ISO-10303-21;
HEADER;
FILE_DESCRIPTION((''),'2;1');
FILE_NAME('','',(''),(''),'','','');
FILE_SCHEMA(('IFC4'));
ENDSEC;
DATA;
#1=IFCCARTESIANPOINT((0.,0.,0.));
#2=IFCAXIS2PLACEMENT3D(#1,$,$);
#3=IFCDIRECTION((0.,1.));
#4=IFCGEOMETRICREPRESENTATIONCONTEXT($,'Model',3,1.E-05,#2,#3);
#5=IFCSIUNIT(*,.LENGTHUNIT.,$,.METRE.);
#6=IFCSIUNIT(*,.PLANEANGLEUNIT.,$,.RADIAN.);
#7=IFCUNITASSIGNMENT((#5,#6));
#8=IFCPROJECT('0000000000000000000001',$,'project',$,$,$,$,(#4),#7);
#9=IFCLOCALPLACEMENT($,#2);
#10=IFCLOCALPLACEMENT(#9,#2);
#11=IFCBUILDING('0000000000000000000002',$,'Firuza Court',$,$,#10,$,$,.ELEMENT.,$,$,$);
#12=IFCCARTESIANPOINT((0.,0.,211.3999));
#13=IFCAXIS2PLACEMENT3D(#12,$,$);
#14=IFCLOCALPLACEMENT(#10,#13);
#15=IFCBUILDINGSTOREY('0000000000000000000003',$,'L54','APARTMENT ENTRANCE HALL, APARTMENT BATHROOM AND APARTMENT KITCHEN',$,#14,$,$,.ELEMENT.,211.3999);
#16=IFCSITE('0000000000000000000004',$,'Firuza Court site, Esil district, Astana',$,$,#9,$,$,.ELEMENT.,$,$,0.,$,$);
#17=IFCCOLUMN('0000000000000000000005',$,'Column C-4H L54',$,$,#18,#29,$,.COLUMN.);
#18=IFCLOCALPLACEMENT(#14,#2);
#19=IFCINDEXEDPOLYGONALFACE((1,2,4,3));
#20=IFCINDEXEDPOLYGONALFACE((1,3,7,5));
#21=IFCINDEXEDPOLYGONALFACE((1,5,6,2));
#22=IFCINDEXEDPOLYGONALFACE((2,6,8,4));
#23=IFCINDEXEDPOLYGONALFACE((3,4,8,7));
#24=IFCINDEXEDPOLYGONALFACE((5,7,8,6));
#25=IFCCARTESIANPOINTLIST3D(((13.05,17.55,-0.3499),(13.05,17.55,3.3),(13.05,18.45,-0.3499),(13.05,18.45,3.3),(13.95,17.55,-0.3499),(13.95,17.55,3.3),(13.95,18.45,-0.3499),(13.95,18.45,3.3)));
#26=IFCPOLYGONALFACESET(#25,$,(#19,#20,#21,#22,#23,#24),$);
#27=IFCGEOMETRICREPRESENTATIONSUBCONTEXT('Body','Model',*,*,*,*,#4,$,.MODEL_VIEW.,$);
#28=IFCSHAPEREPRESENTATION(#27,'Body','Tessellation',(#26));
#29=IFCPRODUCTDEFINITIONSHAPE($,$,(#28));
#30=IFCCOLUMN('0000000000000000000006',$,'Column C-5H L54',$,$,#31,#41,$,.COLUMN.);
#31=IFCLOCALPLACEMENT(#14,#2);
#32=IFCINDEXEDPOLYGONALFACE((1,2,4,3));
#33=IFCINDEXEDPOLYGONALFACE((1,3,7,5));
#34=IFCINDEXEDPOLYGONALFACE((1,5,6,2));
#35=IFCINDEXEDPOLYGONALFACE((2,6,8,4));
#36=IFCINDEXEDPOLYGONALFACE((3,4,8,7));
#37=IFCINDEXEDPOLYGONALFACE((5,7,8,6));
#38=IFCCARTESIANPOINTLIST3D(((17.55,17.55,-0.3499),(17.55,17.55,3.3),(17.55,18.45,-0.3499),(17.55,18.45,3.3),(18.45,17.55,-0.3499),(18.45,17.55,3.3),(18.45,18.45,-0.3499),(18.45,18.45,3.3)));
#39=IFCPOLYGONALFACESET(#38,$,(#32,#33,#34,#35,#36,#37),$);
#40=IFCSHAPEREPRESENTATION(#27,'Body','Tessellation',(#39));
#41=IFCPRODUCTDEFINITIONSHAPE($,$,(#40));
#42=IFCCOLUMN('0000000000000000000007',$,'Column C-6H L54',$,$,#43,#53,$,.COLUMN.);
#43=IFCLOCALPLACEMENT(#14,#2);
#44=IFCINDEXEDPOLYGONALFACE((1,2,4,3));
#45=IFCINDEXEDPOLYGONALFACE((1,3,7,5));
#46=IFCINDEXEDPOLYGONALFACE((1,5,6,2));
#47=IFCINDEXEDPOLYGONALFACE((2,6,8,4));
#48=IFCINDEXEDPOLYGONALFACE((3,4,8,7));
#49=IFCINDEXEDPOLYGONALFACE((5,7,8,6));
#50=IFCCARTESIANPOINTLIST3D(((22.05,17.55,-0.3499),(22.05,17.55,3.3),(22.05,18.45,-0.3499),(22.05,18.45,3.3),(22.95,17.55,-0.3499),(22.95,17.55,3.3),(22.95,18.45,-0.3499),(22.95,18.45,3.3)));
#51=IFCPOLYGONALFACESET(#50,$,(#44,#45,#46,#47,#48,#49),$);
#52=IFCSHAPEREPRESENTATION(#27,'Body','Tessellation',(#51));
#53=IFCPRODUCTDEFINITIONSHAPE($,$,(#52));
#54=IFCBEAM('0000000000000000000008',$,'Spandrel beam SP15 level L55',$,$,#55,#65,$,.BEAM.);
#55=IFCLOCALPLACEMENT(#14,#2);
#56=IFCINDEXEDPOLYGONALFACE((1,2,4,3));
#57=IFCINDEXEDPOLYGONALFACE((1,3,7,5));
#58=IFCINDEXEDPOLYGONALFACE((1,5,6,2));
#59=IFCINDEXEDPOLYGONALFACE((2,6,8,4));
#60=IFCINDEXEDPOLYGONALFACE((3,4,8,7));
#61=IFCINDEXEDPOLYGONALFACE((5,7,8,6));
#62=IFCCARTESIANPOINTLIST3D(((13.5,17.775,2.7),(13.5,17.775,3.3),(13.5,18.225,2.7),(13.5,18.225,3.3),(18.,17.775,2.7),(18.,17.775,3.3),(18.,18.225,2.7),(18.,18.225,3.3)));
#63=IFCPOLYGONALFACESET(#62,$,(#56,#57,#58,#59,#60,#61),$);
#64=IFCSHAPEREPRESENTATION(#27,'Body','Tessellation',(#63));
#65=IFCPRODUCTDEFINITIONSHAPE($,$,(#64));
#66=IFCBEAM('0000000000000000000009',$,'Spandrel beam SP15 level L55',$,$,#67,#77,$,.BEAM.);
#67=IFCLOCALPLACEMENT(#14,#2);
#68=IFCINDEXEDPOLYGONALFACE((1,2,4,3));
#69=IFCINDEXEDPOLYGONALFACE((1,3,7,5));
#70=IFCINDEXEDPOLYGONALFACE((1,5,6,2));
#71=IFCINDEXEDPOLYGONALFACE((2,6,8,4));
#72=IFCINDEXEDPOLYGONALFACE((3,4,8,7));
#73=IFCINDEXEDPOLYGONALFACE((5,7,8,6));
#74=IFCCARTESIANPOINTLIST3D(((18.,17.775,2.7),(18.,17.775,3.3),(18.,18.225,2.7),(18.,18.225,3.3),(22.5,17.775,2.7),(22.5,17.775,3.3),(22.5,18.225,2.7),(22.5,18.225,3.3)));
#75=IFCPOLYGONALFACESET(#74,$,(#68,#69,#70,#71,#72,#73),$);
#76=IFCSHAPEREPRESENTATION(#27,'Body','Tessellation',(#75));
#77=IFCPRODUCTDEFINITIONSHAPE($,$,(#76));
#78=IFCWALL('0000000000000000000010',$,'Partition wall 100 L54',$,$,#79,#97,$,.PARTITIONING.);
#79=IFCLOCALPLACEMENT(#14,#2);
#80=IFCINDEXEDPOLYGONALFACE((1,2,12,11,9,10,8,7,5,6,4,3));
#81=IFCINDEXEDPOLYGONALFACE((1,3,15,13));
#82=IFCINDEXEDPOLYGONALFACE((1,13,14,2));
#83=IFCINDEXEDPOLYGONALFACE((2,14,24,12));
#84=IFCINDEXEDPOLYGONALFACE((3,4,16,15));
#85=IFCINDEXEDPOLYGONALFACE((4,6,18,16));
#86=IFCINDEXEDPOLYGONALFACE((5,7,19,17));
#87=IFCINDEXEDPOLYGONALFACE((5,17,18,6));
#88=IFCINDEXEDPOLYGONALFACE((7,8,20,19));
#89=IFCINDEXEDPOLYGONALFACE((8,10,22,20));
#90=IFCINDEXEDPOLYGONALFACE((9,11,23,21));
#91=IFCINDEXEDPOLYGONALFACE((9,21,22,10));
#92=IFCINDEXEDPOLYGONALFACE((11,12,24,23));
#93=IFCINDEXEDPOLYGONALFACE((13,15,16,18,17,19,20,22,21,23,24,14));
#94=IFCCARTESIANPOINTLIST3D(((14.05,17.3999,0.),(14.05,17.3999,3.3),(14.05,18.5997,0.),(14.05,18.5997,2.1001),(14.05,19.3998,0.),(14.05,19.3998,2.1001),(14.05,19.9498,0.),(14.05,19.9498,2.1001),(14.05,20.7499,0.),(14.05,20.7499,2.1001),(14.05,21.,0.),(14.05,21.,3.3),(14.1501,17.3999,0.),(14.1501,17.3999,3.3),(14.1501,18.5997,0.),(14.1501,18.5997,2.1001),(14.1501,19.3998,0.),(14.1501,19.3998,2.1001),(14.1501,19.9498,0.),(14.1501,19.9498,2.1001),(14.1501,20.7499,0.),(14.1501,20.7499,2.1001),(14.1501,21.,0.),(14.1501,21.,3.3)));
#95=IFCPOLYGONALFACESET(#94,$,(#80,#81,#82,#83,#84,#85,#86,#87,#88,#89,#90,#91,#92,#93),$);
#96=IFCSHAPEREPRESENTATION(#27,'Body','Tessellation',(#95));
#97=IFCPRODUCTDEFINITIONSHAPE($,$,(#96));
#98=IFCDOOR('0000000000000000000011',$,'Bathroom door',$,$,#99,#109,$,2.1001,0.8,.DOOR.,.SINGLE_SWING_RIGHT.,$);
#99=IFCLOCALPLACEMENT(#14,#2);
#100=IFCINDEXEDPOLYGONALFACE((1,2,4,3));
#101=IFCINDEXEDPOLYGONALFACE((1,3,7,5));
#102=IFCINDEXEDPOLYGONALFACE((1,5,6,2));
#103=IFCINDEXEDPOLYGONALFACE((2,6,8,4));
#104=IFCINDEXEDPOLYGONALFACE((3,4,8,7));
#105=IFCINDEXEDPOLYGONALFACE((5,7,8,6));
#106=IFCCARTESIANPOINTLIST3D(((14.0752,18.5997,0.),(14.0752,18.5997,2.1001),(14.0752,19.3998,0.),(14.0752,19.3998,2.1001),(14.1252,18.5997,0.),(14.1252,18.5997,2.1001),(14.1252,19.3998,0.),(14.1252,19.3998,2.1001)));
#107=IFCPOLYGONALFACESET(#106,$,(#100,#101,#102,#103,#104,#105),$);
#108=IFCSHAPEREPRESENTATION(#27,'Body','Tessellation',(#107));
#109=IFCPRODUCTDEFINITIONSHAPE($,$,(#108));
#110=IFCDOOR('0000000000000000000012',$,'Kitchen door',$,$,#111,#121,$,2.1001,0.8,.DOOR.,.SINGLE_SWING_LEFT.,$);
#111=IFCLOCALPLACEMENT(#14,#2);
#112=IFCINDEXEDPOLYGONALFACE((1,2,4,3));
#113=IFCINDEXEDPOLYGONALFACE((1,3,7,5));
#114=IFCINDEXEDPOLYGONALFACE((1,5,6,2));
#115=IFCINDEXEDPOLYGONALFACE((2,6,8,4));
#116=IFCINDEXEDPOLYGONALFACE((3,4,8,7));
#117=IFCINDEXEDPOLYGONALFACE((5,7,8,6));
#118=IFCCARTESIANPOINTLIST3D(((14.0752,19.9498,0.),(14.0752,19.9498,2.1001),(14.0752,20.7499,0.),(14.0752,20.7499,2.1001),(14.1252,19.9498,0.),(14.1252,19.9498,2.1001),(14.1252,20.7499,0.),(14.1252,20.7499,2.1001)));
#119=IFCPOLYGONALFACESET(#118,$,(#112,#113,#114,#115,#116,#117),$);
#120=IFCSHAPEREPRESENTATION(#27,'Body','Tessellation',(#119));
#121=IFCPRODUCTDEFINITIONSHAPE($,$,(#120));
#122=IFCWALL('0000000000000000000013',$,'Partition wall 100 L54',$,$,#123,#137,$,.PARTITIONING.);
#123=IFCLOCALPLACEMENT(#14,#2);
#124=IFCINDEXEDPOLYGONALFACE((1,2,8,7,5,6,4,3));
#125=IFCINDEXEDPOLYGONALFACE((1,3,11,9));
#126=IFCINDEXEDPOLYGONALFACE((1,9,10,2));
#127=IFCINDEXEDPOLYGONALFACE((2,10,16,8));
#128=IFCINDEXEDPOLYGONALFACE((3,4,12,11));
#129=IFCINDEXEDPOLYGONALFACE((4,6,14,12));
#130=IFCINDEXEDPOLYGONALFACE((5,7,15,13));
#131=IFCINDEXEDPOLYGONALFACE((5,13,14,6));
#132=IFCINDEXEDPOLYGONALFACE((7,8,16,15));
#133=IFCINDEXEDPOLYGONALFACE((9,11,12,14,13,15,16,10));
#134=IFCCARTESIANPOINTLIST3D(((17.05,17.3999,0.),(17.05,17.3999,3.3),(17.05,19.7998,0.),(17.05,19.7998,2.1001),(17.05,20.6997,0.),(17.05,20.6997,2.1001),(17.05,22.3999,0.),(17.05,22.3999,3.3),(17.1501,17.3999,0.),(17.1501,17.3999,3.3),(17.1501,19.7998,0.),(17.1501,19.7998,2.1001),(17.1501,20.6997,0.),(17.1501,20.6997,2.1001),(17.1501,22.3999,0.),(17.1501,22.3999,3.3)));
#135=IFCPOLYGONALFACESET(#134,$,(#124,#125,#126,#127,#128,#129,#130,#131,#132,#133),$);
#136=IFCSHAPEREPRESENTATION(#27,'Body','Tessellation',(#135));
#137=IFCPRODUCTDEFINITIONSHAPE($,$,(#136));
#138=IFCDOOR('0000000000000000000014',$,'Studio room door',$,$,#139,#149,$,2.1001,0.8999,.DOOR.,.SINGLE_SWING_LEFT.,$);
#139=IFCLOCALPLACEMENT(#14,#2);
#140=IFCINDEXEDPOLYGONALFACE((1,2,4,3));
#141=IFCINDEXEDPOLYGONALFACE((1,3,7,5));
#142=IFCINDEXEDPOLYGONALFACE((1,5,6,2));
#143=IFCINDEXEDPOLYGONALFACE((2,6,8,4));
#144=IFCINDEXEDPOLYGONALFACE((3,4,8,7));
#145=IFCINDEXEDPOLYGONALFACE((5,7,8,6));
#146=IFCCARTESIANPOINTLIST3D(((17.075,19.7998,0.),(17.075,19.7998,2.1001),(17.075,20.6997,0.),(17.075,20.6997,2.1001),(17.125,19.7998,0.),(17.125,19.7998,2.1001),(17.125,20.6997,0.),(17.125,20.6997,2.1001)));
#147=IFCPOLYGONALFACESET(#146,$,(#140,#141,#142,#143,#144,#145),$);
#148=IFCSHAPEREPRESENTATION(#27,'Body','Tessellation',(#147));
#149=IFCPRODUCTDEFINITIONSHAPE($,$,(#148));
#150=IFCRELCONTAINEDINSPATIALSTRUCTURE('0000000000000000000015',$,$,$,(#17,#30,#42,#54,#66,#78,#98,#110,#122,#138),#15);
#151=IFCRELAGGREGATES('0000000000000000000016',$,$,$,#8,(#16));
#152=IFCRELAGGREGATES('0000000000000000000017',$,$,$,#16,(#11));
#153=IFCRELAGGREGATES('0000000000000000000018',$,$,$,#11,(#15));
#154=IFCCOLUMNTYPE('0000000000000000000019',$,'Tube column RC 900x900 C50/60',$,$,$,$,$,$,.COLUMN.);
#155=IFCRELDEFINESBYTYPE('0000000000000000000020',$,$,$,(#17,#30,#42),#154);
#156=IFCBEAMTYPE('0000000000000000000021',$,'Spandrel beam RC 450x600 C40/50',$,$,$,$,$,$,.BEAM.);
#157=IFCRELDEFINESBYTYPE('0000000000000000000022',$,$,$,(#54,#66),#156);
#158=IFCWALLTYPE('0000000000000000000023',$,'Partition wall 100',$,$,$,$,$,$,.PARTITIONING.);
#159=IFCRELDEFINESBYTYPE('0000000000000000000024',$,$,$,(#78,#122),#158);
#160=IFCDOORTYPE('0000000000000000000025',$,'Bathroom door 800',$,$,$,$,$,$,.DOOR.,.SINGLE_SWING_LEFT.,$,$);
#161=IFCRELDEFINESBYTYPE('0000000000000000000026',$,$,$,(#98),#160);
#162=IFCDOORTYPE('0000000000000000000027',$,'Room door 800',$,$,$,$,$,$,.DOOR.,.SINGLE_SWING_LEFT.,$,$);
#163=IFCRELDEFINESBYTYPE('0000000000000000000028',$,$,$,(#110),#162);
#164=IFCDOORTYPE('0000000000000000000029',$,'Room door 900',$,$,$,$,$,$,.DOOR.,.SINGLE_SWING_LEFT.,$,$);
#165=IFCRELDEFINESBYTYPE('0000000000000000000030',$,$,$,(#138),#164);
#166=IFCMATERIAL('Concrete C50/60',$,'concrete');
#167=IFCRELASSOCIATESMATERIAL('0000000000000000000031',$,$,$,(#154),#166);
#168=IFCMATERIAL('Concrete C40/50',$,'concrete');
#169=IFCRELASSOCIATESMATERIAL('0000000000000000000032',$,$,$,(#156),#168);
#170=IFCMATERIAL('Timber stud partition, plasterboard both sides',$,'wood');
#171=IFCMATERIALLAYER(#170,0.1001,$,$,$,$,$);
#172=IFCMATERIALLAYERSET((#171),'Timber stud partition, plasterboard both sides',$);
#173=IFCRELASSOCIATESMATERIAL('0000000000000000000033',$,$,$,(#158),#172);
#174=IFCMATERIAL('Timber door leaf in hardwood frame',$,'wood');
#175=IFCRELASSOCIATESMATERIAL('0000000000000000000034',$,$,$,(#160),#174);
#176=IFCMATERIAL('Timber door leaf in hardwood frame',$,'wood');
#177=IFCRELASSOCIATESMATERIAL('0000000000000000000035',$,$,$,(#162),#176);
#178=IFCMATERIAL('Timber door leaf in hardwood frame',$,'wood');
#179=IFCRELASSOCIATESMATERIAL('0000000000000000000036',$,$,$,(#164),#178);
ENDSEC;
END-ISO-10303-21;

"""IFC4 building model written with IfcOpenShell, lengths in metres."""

from ifc_helpers import new_model, si_unit, direction, frame, frame_2d, origin, origin_2d, place, context, subcontext, project, spatial, rectangle, extrude, material, layer, layer_set, material_profile, profile_set, type_object, element, fill, save


model = new_model("IFC4")

# Units and contexts
model_context = context("Model", 3, precision=1e-05, world=origin(), true_north=direction((0.0, 1.0)))
body_context = subcontext(model_context, "Body", "Model", "MODEL_VIEW")
ifc_project = project(units=[si_unit("LENGTHUNIT", "METRE"), si_unit("PLANEANGLEUNIT", "RADIAN")], contexts=[model_context])

# Site, building, storey
site_placement = place(None, origin())
site = spatial("IfcSite", under=ifc_project, at=site_placement, Name="Firuza Court site, Esil district, Astana", CompositionType="ELEMENT", RefElevation=0.0)
building_placement = place(site_placement, origin())
building = spatial("IfcBuilding", under=site, at=building_placement, Name="Firuza Court", CompositionType="ELEMENT")
storey_placement = place(building_placement, frame((0.0, 0.0, 211.3999)))
storey = spatial("IfcBuildingStorey", under=building, at=storey_placement, Name="L54", Description="APARTMENT ENTRANCE HALL, APARTMENT BATHROOM AND APARTMENT KITCHEN", CompositionType="ELEMENT", Elevation=211.3999)

# Columns
ifc_material_1 = material(Name="Concrete C50/60", Category="concrete")
ifc_material_profile_1 = material_profile(ifc_material_1, rectangle(XDim=0.8999, YDim=0.8999, at=origin_2d()), Name="RC 900x900")
ifc_profile_set_1 = profile_set([ifc_material_profile_1], Name="Concrete C50/60")
column_type = type_object("IfcColumnType", Name="Tube column RC 900x900 C50/60", PredefinedType="COLUMN", material=ifc_profile_set_1)
for number, where, z_axis, x_axis, name in (
    (1, (13.5, 18.0, -0.3499), (0.0, 0.0, 1.0), (1.0, 0.0, 0.0), "Column C-4H L54"),
    (2, (18.0, 18.0, -0.3499), (0.0, 0.0, 1.0), (1.0, 0.0, 0.0), "Column C-5H L54"),
    (3, (22.5, 18.0, -0.3499), (0.0, 0.0, 1.0), (1.0, 0.0, 0.0), "Column C-6H L54"),
):
    element("IfcColumn", number, at=place(storey_placement, frame(where, z_axis=z_axis, x_axis=x_axis)), inside=storey, type_object=column_type, Name=name, PredefinedType="COLUMN", context=body_context, shape_type="SweptSolid", body=[
        extrude(rectangle(XDim=0.8999, YDim=0.8999, at=origin_2d()), origin(), (0.0, 0.0, 1.0), 3.6499),
    ])

# Beams
ifc_material_2 = material(Name="Concrete C40/50", Category="concrete")
ifc_material_profile_2 = material_profile(ifc_material_2, rectangle(XDim=0.45, YDim=0.6001, at=origin_2d()), Name="RC 450x600")
ifc_profile_set_2 = profile_set([ifc_material_profile_2], Name="Concrete C40/50")
beam_type = type_object("IfcBeamType", Name="Spandrel beam RC 450x600 C40/50", PredefinedType="BEAM", material=ifc_profile_set_2)
for number, where, z_axis, x_axis, name in (
    (4, (13.5, 18.0, 3.0), (1.0, 0.0, 0.0), (0.0, 1.0, 0.0), "Spandrel beam SP15 level L55"),
    (5, (18.0, 18.0, 3.0), (1.0, 0.0, 0.0), (0.0, 1.0, 0.0), "Spandrel beam SP15 level L55"),
):
    element("IfcBeam", number, at=place(storey_placement, frame(where, z_axis=z_axis, x_axis=x_axis)), inside=storey, type_object=beam_type, Name=name, PredefinedType="BEAM", context=body_context, shape_type="SweptSolid", body=[
        extrude(rectangle(XDim=0.45, YDim=0.6001, at=origin_2d()), origin(), (0.0, 0.0, 1.0), 4.5),
    ])

# Wall, openings, doors
ifc_material_3 = material(Name="Timber stud partition, plasterboard both sides", Category="wood")
ifc_layer_1 = layer(ifc_material_3, 0.1001)
ifc_layer_set_1 = layer_set([ifc_layer_1], Name="Timber stud partition, plasterboard both sides")
wall_type_1 = type_object("IfcWallType", Name="Partition wall 100", PredefinedType="PARTITIONING", material=ifc_layer_set_1)
wall_1_placement = place(storey_placement, frame((14.1001, 17.3999, 0.0), z_axis=(0.0, 0.0, 1.0), x_axis=(0.0, 1.0, 0.0)))
wall_1 = element("IfcWall", 6, at=wall_1_placement, inside=storey, type_object=wall_type_1, Name="Partition wall 100 L54", PredefinedType="PARTITIONING", context=body_context, shape_type="SweptSolid", body=[
    extrude(rectangle(XDim=3.6001, YDim=0.1001, at=frame_2d((1.8, 0.0))), origin(), (0.0, 0.0, 1.0), 3.3),
])
opening_1_placement = place(wall_1_placement, frame((1.2, 0.0, 0.0)))
opening_1 = element("IfcOpeningElement", 7, at=opening_1_placement, cuts=wall_1, PredefinedType="OPENING", context=body_context, shape_type="SweptSolid", body=[
    extrude(rectangle(XDim=0.8, YDim=2.1001, at=frame_2d((0.3999, 1.05))), frame((0.0, 0.062, 0.0), z_axis=(0.0, -1.0, 0.0), x_axis=(1.0, 0.0, 0.0)), (0.0, 0.0, 1.0), 0.124),
])
opening_2_placement = place(wall_1_placement, frame((2.55, 0.0, 0.0)))
opening_2 = element("IfcOpeningElement", 8, at=opening_2_placement, cuts=wall_1, PredefinedType="OPENING", context=body_context, shape_type="SweptSolid", body=[
    extrude(rectangle(XDim=0.8, YDim=2.1001, at=frame_2d((0.3999, 1.05))), frame((0.0, 0.062, 0.0), z_axis=(0.0, -1.0, 0.0), x_axis=(1.0, 0.0, 0.0)), (0.0, 0.0, 1.0), 0.124),
])
ifc_material_4 = material(Name="Timber door leaf in hardwood frame", Category="wood")
door_type_1 = type_object("IfcDoorType", Name="Bathroom door 800", OperationType="SINGLE_SWING_LEFT", PredefinedType="DOOR", material=ifc_material_4)
door_1_placement = place(opening_1_placement, origin())
door_1 = element("IfcDoor", 9, at=door_1_placement, inside=storey, type_object=door_type_1, Name="Bathroom door", OperationType="SINGLE_SWING_RIGHT", OverallHeight=2.1001, OverallWidth=0.8, PredefinedType="DOOR", context=body_context, shape_type="SweptSolid", body=[
    extrude(rectangle(XDim=0.8, YDim=2.1001, at=frame_2d((0.3999, 1.05))), frame((0.0, 0.0249, 0.0), z_axis=(0.0, -1.0, 0.0), x_axis=(1.0, 0.0, 0.0)), (0.0, 0.0, 1.0), 0.05),
])
fill(opening_1, door_1)
ifc_material_5 = material(Name="Timber door leaf in hardwood frame", Category="wood")
door_type_2 = type_object("IfcDoorType", Name="Room door 800", OperationType="SINGLE_SWING_LEFT", PredefinedType="DOOR", material=ifc_material_5)
door_2_placement = place(opening_2_placement, origin())
door_2 = element("IfcDoor", 10, at=door_2_placement, inside=storey, type_object=door_type_2, Name="Kitchen door", OperationType="SINGLE_SWING_LEFT", OverallHeight=2.1001, OverallWidth=0.8, PredefinedType="DOOR", context=body_context, shape_type="SweptSolid", body=[
    extrude(rectangle(XDim=0.8, YDim=2.1001, at=frame_2d((0.3999, 1.05))), frame((0.0, 0.0249, 0.0), z_axis=(0.0, -1.0, 0.0), x_axis=(1.0, 0.0, 0.0)), (0.0, 0.0, 1.0), 0.05),
])
fill(opening_2, door_2)

# Wall, opening, door
wall_2_placement = place(storey_placement, frame((17.1001, 17.3999, 0.0), z_axis=(0.0, 0.0, 1.0), x_axis=(0.0, 1.0, 0.0)))
wall_2 = element("IfcWall", 11, at=wall_2_placement, inside=storey, type_object=wall_type_1, Name="Partition wall 100 L54", PredefinedType="PARTITIONING", context=body_context, shape_type="SweptSolid", body=[
    extrude(rectangle(XDim=5.0, YDim=0.1001, at=frame_2d((2.5, 0.0))), origin(), (0.0, 0.0, 1.0), 3.3),
])
opening_3_placement = place(wall_2_placement, frame((2.3999, 0.0, 0.0)))
opening_3 = element("IfcOpeningElement", 12, at=opening_3_placement, cuts=wall_2, PredefinedType="OPENING", context=body_context, shape_type="SweptSolid", body=[
    extrude(rectangle(XDim=0.8999, YDim=2.1001, at=frame_2d((0.45, 1.05))), frame((0.0, 0.062, 0.0), z_axis=(0.0, -1.0, 0.0), x_axis=(1.0, 0.0, 0.0)), (0.0, 0.0, 1.0), 0.124),
])
ifc_material_6 = material(Name="Timber door leaf in hardwood frame", Category="wood")
door_type_3 = type_object("IfcDoorType", Name="Room door 900", OperationType="SINGLE_SWING_LEFT", PredefinedType="DOOR", material=ifc_material_6)
door_3_placement = place(opening_3_placement, frame((0.8999, 0.0, 0.0), z_axis=(0.0, 0.0, 1.0), x_axis=(-1.0, 0.0, 0.0)))
door_3 = element("IfcDoor", 13, at=door_3_placement, inside=storey, type_object=door_type_3, Name="Studio room door", OperationType="SINGLE_SWING_LEFT", OverallHeight=2.1001, OverallWidth=0.8999, PredefinedType="DOOR", context=body_context, shape_type="SweptSolid", body=[
    extrude(rectangle(XDim=0.8999, YDim=2.1001, at=frame_2d((0.45, 1.05))), frame((0.0, 0.0249, 0.0), z_axis=(0.0, -1.0, 0.0), x_axis=(1.0, 0.0, 0.0)), (0.0, 0.0, 1.0), 0.05),
])
fill(opening_3, door_3)

save(model, "model.ifc")
